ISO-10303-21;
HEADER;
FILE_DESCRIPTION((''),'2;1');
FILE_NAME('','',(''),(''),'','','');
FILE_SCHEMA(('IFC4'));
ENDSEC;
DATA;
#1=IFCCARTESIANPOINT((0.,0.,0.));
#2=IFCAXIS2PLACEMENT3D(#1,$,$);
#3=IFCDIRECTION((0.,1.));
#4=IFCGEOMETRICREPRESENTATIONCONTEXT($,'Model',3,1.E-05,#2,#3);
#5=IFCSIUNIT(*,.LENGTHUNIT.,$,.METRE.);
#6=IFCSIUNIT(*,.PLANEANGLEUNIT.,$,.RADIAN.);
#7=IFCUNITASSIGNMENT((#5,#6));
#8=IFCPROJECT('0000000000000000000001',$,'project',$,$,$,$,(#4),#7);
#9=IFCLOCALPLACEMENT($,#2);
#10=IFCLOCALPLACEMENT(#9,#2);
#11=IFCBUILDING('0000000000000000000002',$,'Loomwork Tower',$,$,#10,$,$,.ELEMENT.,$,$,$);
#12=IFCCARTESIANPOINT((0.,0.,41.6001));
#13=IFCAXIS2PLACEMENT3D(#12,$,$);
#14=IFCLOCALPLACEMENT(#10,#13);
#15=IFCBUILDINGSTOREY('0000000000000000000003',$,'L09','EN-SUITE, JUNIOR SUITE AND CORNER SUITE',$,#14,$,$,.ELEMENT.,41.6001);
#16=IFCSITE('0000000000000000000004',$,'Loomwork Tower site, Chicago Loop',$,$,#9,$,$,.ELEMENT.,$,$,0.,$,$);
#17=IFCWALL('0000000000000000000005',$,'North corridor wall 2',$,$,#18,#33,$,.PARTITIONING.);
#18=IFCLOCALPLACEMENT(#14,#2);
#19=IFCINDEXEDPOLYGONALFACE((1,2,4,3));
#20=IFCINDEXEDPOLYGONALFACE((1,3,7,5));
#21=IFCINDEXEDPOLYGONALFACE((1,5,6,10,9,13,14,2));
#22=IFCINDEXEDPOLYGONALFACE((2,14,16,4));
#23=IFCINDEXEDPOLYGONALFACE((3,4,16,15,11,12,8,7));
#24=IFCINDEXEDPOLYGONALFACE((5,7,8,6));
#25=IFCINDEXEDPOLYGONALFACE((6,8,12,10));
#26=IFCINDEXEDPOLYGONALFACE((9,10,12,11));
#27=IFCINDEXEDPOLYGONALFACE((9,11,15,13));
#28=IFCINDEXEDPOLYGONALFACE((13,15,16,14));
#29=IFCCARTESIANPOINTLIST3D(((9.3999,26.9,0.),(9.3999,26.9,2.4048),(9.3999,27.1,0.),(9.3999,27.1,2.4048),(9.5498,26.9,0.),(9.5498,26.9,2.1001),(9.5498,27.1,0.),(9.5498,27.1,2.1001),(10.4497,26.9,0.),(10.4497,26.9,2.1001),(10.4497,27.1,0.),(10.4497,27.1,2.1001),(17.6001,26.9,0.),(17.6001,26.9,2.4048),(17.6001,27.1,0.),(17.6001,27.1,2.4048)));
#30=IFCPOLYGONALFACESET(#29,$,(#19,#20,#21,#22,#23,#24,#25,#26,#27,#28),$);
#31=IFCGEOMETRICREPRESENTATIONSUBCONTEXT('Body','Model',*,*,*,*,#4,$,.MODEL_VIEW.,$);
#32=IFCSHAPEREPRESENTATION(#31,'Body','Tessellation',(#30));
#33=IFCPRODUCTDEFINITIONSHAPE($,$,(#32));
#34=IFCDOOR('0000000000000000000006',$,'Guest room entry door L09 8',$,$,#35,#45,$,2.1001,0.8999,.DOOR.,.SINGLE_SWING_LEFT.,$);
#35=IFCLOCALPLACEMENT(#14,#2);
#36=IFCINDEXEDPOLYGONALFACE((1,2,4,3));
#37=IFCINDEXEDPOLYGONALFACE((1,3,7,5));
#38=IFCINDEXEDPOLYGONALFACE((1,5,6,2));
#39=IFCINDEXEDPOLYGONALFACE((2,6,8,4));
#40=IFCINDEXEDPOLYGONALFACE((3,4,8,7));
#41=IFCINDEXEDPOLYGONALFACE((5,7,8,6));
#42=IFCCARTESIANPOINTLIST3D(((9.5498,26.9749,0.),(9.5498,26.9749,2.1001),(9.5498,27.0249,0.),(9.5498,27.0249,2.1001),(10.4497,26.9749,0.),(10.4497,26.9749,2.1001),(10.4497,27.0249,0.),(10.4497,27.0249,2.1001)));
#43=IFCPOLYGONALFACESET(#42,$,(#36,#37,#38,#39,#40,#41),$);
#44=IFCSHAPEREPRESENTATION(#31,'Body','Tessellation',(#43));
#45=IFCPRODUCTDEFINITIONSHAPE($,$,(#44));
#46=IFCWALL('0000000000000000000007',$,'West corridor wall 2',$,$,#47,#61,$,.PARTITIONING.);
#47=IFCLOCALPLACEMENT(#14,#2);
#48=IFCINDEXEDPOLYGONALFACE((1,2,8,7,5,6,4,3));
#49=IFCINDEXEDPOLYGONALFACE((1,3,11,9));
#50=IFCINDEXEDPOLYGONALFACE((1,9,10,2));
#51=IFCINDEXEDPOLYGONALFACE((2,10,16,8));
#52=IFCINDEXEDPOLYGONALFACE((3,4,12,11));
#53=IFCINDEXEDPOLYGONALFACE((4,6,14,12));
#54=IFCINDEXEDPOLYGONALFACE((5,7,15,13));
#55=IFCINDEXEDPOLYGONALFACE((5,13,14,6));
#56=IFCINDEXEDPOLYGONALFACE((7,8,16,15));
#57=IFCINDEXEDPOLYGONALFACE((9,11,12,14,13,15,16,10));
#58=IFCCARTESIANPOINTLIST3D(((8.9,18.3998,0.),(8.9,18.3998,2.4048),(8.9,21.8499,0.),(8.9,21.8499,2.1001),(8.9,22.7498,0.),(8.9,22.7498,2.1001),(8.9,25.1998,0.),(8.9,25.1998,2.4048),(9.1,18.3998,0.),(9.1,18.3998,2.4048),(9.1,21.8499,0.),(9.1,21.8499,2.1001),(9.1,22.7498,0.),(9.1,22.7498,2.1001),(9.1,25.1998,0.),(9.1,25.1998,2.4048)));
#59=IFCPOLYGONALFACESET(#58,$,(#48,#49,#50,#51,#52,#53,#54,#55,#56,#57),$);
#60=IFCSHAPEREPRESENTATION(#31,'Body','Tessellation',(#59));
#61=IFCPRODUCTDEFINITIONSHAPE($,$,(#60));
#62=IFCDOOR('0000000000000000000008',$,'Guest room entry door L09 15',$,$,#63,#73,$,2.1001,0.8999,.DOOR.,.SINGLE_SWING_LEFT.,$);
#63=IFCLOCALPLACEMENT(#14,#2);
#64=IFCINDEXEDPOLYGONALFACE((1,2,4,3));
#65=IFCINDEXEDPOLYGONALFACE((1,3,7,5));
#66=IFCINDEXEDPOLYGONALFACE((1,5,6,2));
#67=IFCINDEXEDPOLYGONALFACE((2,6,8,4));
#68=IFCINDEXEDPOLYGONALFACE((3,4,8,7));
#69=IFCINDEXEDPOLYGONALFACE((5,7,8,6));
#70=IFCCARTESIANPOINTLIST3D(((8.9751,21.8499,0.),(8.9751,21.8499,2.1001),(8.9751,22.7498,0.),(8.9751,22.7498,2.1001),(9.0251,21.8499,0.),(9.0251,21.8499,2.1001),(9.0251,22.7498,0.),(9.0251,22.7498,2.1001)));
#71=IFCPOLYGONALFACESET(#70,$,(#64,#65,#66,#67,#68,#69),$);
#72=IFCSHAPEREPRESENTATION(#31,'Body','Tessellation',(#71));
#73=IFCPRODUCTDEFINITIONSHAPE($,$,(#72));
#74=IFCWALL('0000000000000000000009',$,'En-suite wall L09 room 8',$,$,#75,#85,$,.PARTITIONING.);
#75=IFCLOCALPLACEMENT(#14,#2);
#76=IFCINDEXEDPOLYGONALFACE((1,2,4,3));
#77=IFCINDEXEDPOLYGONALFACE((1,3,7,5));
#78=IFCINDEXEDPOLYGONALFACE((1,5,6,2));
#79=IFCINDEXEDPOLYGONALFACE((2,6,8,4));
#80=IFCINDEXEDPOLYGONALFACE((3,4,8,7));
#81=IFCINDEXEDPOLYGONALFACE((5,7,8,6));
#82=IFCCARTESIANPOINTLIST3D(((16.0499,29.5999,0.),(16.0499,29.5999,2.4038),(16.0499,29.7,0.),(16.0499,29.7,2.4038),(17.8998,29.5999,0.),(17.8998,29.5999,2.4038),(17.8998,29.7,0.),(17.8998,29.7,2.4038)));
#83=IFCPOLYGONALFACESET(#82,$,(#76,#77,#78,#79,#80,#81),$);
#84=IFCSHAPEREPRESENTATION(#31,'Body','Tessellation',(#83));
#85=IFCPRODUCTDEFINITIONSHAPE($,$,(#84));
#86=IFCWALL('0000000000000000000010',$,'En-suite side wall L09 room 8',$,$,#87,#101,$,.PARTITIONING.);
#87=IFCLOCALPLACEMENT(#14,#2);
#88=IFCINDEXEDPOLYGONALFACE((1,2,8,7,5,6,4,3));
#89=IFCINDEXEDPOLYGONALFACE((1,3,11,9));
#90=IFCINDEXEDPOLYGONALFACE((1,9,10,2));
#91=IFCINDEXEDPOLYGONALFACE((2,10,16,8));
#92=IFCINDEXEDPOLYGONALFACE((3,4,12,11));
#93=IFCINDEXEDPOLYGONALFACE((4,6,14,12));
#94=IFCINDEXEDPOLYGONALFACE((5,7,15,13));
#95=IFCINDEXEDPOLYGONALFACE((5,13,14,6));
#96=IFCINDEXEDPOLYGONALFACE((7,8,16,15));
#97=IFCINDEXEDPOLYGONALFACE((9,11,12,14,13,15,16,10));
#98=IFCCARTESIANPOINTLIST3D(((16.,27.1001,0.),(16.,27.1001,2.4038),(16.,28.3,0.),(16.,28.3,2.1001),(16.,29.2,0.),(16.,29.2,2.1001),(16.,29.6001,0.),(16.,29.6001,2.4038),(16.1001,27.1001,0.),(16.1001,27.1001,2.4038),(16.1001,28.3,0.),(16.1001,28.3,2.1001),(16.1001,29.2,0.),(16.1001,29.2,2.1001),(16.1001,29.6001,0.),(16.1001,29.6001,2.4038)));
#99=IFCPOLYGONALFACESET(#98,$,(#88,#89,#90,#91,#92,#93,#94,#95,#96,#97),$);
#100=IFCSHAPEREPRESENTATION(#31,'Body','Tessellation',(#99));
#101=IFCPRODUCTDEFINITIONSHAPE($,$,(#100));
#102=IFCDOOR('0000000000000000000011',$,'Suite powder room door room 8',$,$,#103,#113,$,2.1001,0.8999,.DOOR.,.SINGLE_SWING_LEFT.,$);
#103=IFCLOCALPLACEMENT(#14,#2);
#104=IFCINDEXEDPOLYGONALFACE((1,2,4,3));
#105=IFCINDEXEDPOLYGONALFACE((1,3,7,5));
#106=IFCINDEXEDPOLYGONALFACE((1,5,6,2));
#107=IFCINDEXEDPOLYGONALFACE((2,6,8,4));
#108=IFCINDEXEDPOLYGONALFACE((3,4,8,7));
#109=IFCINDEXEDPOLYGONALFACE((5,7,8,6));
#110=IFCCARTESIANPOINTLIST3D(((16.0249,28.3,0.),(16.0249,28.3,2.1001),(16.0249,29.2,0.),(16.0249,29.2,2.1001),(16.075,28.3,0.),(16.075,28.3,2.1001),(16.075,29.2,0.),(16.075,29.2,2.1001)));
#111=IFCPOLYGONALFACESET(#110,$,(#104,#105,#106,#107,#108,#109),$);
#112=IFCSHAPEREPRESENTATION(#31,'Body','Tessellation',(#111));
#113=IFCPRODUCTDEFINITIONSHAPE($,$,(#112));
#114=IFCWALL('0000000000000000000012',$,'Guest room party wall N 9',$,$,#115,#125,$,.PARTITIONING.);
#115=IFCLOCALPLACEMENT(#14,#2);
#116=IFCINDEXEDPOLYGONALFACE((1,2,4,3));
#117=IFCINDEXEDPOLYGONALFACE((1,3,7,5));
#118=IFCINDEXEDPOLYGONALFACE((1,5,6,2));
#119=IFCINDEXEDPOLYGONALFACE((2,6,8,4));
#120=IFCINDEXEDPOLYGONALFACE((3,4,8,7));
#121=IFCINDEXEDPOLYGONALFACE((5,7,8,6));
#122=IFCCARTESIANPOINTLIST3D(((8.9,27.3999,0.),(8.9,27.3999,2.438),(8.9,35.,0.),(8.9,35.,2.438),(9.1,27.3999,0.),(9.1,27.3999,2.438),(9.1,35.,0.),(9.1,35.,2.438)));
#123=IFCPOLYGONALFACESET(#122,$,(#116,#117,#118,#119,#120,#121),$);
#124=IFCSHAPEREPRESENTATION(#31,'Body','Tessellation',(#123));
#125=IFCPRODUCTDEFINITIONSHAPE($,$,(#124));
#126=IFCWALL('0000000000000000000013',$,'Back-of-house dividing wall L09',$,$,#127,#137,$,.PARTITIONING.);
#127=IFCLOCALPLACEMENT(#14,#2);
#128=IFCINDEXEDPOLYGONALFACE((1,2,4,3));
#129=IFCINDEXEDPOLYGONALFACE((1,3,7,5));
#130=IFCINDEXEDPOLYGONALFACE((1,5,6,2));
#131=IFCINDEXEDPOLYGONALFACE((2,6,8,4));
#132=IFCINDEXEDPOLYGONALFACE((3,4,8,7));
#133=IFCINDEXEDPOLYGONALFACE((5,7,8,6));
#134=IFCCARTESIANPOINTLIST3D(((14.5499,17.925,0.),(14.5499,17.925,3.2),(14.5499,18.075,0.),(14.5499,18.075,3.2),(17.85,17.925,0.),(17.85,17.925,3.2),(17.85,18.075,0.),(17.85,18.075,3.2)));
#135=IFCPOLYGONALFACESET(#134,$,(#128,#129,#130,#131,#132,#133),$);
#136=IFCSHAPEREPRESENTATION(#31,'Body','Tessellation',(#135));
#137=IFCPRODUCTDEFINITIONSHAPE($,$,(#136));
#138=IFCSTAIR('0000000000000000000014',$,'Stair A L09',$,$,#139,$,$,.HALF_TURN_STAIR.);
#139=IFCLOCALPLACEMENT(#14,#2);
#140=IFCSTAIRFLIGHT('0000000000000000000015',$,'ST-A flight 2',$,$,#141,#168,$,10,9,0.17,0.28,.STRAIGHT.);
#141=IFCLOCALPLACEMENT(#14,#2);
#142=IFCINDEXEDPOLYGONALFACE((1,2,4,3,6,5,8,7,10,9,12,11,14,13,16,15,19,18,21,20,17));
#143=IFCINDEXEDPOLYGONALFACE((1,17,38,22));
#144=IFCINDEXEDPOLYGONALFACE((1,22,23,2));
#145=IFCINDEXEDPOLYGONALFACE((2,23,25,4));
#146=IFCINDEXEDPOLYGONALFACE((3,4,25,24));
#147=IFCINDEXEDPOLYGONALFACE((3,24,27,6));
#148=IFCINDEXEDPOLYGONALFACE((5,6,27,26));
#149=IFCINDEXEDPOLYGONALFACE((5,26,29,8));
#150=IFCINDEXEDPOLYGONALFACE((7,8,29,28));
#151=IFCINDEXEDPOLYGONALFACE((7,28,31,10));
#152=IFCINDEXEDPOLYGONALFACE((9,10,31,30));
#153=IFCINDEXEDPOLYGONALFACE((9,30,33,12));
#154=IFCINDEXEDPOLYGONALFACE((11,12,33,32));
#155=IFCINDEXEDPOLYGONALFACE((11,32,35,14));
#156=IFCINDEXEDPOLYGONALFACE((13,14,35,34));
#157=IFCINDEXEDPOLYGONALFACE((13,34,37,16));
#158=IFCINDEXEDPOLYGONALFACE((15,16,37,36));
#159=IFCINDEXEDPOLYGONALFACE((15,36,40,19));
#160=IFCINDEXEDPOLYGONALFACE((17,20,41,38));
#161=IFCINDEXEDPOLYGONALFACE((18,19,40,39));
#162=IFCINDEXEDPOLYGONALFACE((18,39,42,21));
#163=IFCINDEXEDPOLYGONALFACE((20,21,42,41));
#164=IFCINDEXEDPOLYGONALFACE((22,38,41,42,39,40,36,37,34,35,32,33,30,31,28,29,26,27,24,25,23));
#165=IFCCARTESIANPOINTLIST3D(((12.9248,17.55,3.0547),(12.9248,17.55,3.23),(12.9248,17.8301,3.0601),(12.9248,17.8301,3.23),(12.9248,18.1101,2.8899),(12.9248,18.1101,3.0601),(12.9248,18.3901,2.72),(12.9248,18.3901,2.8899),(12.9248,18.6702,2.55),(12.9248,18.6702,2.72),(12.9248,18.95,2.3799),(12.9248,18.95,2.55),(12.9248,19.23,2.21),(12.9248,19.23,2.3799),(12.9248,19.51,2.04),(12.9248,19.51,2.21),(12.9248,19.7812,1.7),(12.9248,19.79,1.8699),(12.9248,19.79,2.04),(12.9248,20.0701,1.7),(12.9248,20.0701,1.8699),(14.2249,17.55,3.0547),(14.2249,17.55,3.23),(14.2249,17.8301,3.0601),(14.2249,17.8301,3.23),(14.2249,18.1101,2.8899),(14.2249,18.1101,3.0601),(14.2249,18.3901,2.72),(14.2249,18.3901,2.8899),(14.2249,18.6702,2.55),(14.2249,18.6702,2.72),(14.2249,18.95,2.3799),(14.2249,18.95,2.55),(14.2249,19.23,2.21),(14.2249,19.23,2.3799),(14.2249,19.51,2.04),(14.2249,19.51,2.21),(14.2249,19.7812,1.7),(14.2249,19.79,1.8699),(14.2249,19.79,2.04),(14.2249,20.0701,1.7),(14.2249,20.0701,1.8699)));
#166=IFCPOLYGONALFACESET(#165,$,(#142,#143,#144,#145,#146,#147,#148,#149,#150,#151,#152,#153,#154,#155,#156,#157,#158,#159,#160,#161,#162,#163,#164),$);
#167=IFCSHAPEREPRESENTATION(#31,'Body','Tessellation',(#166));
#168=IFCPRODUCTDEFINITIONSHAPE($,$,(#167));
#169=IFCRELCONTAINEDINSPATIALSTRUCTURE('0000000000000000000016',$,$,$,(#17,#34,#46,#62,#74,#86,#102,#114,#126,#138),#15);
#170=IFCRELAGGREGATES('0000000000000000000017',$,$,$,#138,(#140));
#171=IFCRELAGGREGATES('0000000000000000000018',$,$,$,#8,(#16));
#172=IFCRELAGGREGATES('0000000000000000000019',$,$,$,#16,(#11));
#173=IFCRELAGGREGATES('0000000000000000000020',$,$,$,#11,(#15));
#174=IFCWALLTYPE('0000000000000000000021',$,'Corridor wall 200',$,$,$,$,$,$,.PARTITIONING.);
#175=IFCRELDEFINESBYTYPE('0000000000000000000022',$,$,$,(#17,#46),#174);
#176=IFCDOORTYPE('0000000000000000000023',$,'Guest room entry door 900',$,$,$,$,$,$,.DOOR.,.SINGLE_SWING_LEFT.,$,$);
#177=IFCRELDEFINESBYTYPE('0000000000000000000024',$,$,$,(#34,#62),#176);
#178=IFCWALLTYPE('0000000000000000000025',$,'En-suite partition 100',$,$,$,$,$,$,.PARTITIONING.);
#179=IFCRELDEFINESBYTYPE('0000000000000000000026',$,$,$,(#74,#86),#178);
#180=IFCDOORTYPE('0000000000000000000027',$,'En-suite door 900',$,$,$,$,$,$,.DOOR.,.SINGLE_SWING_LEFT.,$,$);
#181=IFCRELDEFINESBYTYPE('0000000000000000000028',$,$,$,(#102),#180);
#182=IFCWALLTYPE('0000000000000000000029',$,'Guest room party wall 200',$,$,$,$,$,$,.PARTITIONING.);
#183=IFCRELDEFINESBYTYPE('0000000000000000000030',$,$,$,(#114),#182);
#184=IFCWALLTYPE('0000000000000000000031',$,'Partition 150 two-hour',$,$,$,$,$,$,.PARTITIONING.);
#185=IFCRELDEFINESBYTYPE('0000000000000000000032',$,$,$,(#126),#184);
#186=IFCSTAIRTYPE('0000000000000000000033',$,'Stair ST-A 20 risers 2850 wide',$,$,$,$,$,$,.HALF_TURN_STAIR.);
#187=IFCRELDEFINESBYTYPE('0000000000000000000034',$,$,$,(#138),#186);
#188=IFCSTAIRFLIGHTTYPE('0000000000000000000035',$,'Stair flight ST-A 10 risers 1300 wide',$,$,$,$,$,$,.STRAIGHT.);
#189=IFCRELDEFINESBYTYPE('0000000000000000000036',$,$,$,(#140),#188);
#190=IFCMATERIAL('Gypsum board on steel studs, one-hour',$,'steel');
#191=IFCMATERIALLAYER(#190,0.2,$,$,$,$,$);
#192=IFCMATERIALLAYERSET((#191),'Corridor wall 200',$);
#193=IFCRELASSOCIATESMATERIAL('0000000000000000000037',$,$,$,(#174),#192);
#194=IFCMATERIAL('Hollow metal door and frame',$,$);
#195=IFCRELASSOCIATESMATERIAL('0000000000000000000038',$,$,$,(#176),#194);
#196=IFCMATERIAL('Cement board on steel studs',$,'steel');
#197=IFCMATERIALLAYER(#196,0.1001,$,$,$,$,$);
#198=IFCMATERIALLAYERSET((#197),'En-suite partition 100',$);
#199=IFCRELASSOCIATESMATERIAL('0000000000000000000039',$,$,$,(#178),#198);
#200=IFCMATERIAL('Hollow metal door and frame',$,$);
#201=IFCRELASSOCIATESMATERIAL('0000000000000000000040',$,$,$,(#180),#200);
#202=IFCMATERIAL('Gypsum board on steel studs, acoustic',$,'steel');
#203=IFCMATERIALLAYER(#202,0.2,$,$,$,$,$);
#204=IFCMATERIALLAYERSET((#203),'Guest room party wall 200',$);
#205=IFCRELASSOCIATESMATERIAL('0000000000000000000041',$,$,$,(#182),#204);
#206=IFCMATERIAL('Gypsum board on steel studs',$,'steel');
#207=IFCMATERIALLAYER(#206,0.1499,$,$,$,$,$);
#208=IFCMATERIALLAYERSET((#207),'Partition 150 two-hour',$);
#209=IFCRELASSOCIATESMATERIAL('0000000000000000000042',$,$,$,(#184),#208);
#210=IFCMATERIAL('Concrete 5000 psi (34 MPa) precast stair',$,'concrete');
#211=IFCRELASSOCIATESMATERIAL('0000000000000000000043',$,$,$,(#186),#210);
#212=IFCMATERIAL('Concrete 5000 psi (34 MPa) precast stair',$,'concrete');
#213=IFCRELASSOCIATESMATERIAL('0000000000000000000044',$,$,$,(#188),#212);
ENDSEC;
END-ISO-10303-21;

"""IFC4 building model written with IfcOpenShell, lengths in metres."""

from ifc_helpers import new_model, si_unit, direction, frame, frame_2d, origin, place, context, subcontext, project, spatial, polyline, rectangle, outline, extrude, material, layer, layer_set, type_object, element, fill, aggregate, save


model = new_model("IFC4")

# Units and contexts
model_context = context("Model", 3, precision=1e-05, world=origin(), true_north=direction((0.0, 1.0)))
body_context = subcontext(model_context, "Body", "Model", "MODEL_VIEW")
ifc_project = project(units=[si_unit("LENGTHUNIT", "METRE"), si_unit("PLANEANGLEUNIT", "RADIAN")], contexts=[model_context])

# Site, building, storey
site_placement = place(None, origin())
site = spatial("IfcSite", under=ifc_project, at=site_placement, Name="Loomwork Tower site, Chicago Loop", CompositionType="ELEMENT", RefElevation=0.0)
building_placement = place(site_placement, origin())
building = spatial("IfcBuilding", under=site, at=building_placement, Name="Loomwork Tower", CompositionType="ELEMENT")
storey_placement = place(building_placement, frame((0.0, 0.0, 41.6001)))
storey = spatial("IfcBuildingStorey", under=building, at=storey_placement, Name="L09", Description="EN-SUITE, JUNIOR SUITE AND CORNER SUITE", CompositionType="ELEMENT", Elevation=41.6001)

# Walls, openings, doors
ifc_material_1 = material(Name="Gypsum board on steel studs, one-hour", Category="steel")
ifc_layer_1 = layer(ifc_material_1, 0.2)
ifc_layer_set_1 = layer_set([ifc_layer_1], Name="Corridor wall 200")
wall_type_1 = type_object("IfcWallType", Name="Corridor wall 200", PredefinedType="PARTITIONING", material=ifc_layer_set_1)
wall_1_placement = place(storey_placement, frame((9.3999, 27.0, 0.0), z_axis=(0.0, 0.0, 1.0), x_axis=(1.0, 0.0, 0.0)))
wall_1 = element("IfcWall", 1, at=wall_1_placement, inside=storey, type_object=wall_type_1, Name="North corridor wall 2", PredefinedType="PARTITIONING", context=body_context, shape_type="SweptSolid", body=[
    extrude(rectangle(XDim=8.2002, YDim=0.2, at=frame_2d((4.1001, 0.0))), origin(), (0.0, 0.0, 1.0), 2.4048),
])
opening_1_placement = place(wall_1_placement, frame((0.1499, 0.0, 0.0)))
opening_1 = element("IfcOpeningElement", 2, at=opening_1_placement, cuts=wall_1, PredefinedType="OPENING", context=body_context, shape_type="SweptSolid", body=[
    extrude(rectangle(XDim=0.8999, YDim=2.1001, at=frame_2d((0.45, 1.05))), frame((0.0, 0.1099, 0.0), z_axis=(0.0, -1.0, 0.0), x_axis=(1.0, 0.0, 0.0)), (0.0, 0.0, 1.0), 0.22),
])
ifc_material_2 = material(Name="Hollow metal door and frame")
door_type_1 = type_object("IfcDoorType", Name="Guest room entry door 900", OperationType="SINGLE_SWING_LEFT", PredefinedType="DOOR", material=ifc_material_2)
door_1_placement = place(opening_1_placement, origin())
door_1 = element("IfcDoor", 3, at=door_1_placement, inside=storey, type_object=door_type_1, Name="Guest room entry door L09 8", OperationType="SINGLE_SWING_LEFT", OverallHeight=2.1001, OverallWidth=0.8999, PredefinedType="DOOR", context=body_context, shape_type="SweptSolid", body=[
    extrude(rectangle(XDim=0.8999, YDim=2.1001, at=frame_2d((0.45, 1.05))), frame((0.0, 0.0249, 0.0), z_axis=(0.0, -1.0, 0.0), x_axis=(1.0, 0.0, 0.0)), (0.0, 0.0, 1.0), 0.05),
])
fill(opening_1, door_1)
wall_2_placement = place(storey_placement, frame((9.0, 18.3999, 0.0), z_axis=(0.0, 0.0, 1.0), x_axis=(0.0, 1.0, 0.0)))
wall_2 = element("IfcWall", 4, at=wall_2_placement, inside=storey, type_object=wall_type_1, Name="West corridor wall 2", PredefinedType="PARTITIONING", context=body_context, shape_type="SweptSolid", body=[
    extrude(rectangle(XDim=6.8, YDim=0.2, at=frame_2d((3.3999, 0.0))), origin(), (0.0, 0.0, 1.0), 2.4048),
])
opening_2_placement = place(wall_2_placement, frame((3.45, 0.0, 0.0)))
opening_2 = element("IfcOpeningElement", 5, at=opening_2_placement, cuts=wall_2, PredefinedType="OPENING", context=body_context, shape_type="SweptSolid", body=[
    extrude(rectangle(XDim=0.8999, YDim=2.1001, at=frame_2d((0.45, 1.05))), frame((0.0, 0.1099, 0.0), z_axis=(0.0, -1.0, 0.0), x_axis=(1.0, 0.0, 0.0)), (0.0, 0.0, 1.0), 0.22),
])
door_2_placement = place(opening_2_placement, origin())
door_2 = element("IfcDoor", 6, at=door_2_placement, inside=storey, type_object=door_type_1, Name="Guest room entry door L09 15", OperationType="SINGLE_SWING_LEFT", OverallHeight=2.1001, OverallWidth=0.8999, PredefinedType="DOOR", context=body_context, shape_type="SweptSolid", body=[
    extrude(rectangle(XDim=0.8999, YDim=2.1001, at=frame_2d((0.45, 1.05))), frame((0.0, 0.0249, 0.0), z_axis=(0.0, -1.0, 0.0), x_axis=(1.0, 0.0, 0.0)), (0.0, 0.0, 1.0), 0.05),
])
fill(opening_2, door_2)

# Wall
ifc_material_3 = material(Name="Cement board on steel studs", Category="steel")
ifc_layer_2 = layer(ifc_material_3, 0.1001)
ifc_layer_set_2 = layer_set([ifc_layer_2], Name="En-suite partition 100")
wall_type_2 = type_object("IfcWallType", Name="En-suite partition 100", PredefinedType="PARTITIONING", material=ifc_layer_set_2)
wall_3_placement = place(storey_placement, frame((16.05, 29.6499, 0.0), z_axis=(0.0, 0.0, 1.0), x_axis=(1.0, 0.0, 0.0)))
element("IfcWall", 7, at=wall_3_placement, inside=storey, type_object=wall_type_2, Name="En-suite wall L09 room 8", PredefinedType="PARTITIONING", context=body_context, shape_type="SweptSolid", body=[
    extrude(rectangle(XDim=1.8499, YDim=0.1001, at=frame_2d((0.9248, 0.0))), origin(), (0.0, 0.0, 1.0), 2.4038),
])

# Wall, opening, door
wall_4_placement = place(storey_placement, frame((16.05, 27.1001, 0.0), z_axis=(0.0, 0.0, 1.0), x_axis=(0.0, 1.0, 0.0)))
wall_4 = element("IfcWall", 8, at=wall_4_placement, inside=storey, type_object=wall_type_2, Name="En-suite side wall L09 room 8", PredefinedType="PARTITIONING", context=body_context, shape_type="SweptSolid", body=[
    extrude(rectangle(XDim=2.5, YDim=0.1001, at=frame_2d((1.25, 0.0))), origin(), (0.0, 0.0, 1.0), 2.4038),
])
opening_3_placement = place(wall_4_placement, frame((1.2, 0.0, 0.0)))
opening_3 = element("IfcOpeningElement", 9, at=opening_3_placement, cuts=wall_4, PredefinedType="OPENING", context=body_context, shape_type="SweptSolid", body=[
    extrude(rectangle(XDim=0.8999, YDim=2.1001, at=frame_2d((0.45, 1.05))), frame((0.0, 0.0601, 0.0), z_axis=(0.0, -1.0, 0.0), x_axis=(1.0, 0.0, 0.0)), (0.0, 0.0, 1.0), 0.1201),
])
ifc_material_4 = material(Name="Hollow metal door and frame")
door_type_2 = type_object("IfcDoorType", Name="En-suite door 900", OperationType="SINGLE_SWING_LEFT", PredefinedType="DOOR", material=ifc_material_4)
door_3_placement = place(opening_3_placement, frame((0.8999, 0.0, 0.0), z_axis=(0.0, 0.0, 1.0), x_axis=(-1.0, 0.0, 0.0)))
door_3 = element("IfcDoor", 10, at=door_3_placement, inside=storey, type_object=door_type_2, Name="Suite powder room door room 8", OperationType="SINGLE_SWING_LEFT", OverallHeight=2.1001, OverallWidth=0.8999, PredefinedType="DOOR", context=body_context, shape_type="SweptSolid", body=[
    extrude(rectangle(XDim=0.8999, YDim=2.1001, at=frame_2d((0.45, 1.05))), frame((0.0, 0.0249, 0.0), z_axis=(0.0, -1.0, 0.0), x_axis=(1.0, 0.0, 0.0)), (0.0, 0.0, 1.0), 0.05),
])
fill(opening_3, door_3)

# Walls
ifc_material_5 = material(Name="Gypsum board on steel studs, acoustic", Category="steel")
ifc_layer_3 = layer(ifc_material_5, 0.2)
ifc_layer_set_3 = layer_set([ifc_layer_3], Name="Guest room party wall 200")
wall_type_3 = type_object("IfcWallType", Name="Guest room party wall 200", PredefinedType="PARTITIONING", material=ifc_layer_set_3)
wall_5_placement = place(storey_placement, frame((9.0, 27.3999, 0.0), z_axis=(0.0, 0.0, 1.0), x_axis=(0.0, 1.0, 0.0)))
element("IfcWall", 11, at=wall_5_placement, inside=storey, type_object=wall_type_3, Name="Guest room party wall N 9", PredefinedType="PARTITIONING", context=body_context, shape_type="SweptSolid", body=[
    extrude(rectangle(XDim=7.6001, YDim=0.2, at=frame_2d((3.8, 0.0))), origin(), (0.0, 0.0, 1.0), 2.438),
])
ifc_material_6 = material(Name="Gypsum board on steel studs", Category="steel")
ifc_layer_4 = layer(ifc_material_6, 0.1499)
ifc_layer_set_4 = layer_set([ifc_layer_4], Name="Partition 150 two-hour")
wall_type_4 = type_object("IfcWallType", Name="Partition 150 two-hour", PredefinedType="PARTITIONING", material=ifc_layer_set_4)
wall_6_placement = place(storey_placement, frame((14.55, 18.0, 0.0), z_axis=(0.0, 0.0, 1.0), x_axis=(1.0, 0.0, 0.0)))
element("IfcWall", 12, at=wall_6_placement, inside=storey, type_object=wall_type_4, Name="Back-of-house dividing wall L09", PredefinedType="PARTITIONING", context=body_context, shape_type="SweptSolid", body=[
    extrude(rectangle(XDim=3.3, YDim=0.1499, at=frame_2d((1.6499, 0.0))), origin(), (0.0, 0.0, 1.0), 3.2),
])

# Stair, stair flight
ifc_material_7 = material(Name="Concrete 5000 psi (34 MPa) precast stair", Category="concrete")
stair_type = type_object("IfcStairType", Name="Stair ST-A 20 risers 2850 wide", PredefinedType="HALF_TURN_STAIR", material=ifc_material_7)
stair_placement = place(storey_placement, origin())
stair = element("IfcStair", 13, at=stair_placement, inside=storey, type_object=stair_type, Name="Stair A L09", PredefinedType="HALF_TURN_STAIR")
ifc_material_8 = material(Name="Concrete 5000 psi (34 MPa) precast stair", Category="concrete")
stair_flight_type = type_object("IfcStairFlightType", Name="Stair flight ST-A 10 risers 1300 wide", PredefinedType="STRAIGHT", material=ifc_material_8)
stair_flight_placement = place(storey_placement, frame((13.575, 20.0701, 1.7), z_axis=(0.0, 0.0, 1.0), x_axis=(0.0, -1.0, 0.0)))
stair_flight = element("IfcStairFlight", 14, at=stair_flight_placement, type_object=stair_flight_type, Name="ST-A flight 2", NumberOfRisers=10, NumberOfTreads=9, PredefinedType="STRAIGHT", RiserHeight=0.17, TreadLength=0.28, context=body_context, shape_type="SweptSolid", body=[
    extrude(outline(polyline([(0.0, 0.0), (0.0, 0.1699), (0.28, 0.1699), (0.28, 0.3401), (0.5601, 0.3401), (0.5601, 0.51), (0.8401, 0.51), (0.8401, 0.6799), (1.1201, 0.6799), (1.1201, 0.8501), (1.3999, 0.8501), (1.3999, 1.02), (1.6799, 1.02), (1.6799, 1.1899), (1.96, 1.1899), (1.96, 1.3601), (2.24, 1.3601), (2.24, 1.53), (2.52, 1.53), (2.52, 1.7), (2.52, 1.3547), (0.2888, 0.0), (0.0, 0.0)])), frame((0.0, 0.6499, 0.0), z_axis=(0.0, -1.0, 0.0), x_axis=(1.0, 0.0, 0.0)), (0.0, 0.0, 1.0), 1.3),
])
aggregate(stair, [stair_flight])

save(model, "model.ifc")
